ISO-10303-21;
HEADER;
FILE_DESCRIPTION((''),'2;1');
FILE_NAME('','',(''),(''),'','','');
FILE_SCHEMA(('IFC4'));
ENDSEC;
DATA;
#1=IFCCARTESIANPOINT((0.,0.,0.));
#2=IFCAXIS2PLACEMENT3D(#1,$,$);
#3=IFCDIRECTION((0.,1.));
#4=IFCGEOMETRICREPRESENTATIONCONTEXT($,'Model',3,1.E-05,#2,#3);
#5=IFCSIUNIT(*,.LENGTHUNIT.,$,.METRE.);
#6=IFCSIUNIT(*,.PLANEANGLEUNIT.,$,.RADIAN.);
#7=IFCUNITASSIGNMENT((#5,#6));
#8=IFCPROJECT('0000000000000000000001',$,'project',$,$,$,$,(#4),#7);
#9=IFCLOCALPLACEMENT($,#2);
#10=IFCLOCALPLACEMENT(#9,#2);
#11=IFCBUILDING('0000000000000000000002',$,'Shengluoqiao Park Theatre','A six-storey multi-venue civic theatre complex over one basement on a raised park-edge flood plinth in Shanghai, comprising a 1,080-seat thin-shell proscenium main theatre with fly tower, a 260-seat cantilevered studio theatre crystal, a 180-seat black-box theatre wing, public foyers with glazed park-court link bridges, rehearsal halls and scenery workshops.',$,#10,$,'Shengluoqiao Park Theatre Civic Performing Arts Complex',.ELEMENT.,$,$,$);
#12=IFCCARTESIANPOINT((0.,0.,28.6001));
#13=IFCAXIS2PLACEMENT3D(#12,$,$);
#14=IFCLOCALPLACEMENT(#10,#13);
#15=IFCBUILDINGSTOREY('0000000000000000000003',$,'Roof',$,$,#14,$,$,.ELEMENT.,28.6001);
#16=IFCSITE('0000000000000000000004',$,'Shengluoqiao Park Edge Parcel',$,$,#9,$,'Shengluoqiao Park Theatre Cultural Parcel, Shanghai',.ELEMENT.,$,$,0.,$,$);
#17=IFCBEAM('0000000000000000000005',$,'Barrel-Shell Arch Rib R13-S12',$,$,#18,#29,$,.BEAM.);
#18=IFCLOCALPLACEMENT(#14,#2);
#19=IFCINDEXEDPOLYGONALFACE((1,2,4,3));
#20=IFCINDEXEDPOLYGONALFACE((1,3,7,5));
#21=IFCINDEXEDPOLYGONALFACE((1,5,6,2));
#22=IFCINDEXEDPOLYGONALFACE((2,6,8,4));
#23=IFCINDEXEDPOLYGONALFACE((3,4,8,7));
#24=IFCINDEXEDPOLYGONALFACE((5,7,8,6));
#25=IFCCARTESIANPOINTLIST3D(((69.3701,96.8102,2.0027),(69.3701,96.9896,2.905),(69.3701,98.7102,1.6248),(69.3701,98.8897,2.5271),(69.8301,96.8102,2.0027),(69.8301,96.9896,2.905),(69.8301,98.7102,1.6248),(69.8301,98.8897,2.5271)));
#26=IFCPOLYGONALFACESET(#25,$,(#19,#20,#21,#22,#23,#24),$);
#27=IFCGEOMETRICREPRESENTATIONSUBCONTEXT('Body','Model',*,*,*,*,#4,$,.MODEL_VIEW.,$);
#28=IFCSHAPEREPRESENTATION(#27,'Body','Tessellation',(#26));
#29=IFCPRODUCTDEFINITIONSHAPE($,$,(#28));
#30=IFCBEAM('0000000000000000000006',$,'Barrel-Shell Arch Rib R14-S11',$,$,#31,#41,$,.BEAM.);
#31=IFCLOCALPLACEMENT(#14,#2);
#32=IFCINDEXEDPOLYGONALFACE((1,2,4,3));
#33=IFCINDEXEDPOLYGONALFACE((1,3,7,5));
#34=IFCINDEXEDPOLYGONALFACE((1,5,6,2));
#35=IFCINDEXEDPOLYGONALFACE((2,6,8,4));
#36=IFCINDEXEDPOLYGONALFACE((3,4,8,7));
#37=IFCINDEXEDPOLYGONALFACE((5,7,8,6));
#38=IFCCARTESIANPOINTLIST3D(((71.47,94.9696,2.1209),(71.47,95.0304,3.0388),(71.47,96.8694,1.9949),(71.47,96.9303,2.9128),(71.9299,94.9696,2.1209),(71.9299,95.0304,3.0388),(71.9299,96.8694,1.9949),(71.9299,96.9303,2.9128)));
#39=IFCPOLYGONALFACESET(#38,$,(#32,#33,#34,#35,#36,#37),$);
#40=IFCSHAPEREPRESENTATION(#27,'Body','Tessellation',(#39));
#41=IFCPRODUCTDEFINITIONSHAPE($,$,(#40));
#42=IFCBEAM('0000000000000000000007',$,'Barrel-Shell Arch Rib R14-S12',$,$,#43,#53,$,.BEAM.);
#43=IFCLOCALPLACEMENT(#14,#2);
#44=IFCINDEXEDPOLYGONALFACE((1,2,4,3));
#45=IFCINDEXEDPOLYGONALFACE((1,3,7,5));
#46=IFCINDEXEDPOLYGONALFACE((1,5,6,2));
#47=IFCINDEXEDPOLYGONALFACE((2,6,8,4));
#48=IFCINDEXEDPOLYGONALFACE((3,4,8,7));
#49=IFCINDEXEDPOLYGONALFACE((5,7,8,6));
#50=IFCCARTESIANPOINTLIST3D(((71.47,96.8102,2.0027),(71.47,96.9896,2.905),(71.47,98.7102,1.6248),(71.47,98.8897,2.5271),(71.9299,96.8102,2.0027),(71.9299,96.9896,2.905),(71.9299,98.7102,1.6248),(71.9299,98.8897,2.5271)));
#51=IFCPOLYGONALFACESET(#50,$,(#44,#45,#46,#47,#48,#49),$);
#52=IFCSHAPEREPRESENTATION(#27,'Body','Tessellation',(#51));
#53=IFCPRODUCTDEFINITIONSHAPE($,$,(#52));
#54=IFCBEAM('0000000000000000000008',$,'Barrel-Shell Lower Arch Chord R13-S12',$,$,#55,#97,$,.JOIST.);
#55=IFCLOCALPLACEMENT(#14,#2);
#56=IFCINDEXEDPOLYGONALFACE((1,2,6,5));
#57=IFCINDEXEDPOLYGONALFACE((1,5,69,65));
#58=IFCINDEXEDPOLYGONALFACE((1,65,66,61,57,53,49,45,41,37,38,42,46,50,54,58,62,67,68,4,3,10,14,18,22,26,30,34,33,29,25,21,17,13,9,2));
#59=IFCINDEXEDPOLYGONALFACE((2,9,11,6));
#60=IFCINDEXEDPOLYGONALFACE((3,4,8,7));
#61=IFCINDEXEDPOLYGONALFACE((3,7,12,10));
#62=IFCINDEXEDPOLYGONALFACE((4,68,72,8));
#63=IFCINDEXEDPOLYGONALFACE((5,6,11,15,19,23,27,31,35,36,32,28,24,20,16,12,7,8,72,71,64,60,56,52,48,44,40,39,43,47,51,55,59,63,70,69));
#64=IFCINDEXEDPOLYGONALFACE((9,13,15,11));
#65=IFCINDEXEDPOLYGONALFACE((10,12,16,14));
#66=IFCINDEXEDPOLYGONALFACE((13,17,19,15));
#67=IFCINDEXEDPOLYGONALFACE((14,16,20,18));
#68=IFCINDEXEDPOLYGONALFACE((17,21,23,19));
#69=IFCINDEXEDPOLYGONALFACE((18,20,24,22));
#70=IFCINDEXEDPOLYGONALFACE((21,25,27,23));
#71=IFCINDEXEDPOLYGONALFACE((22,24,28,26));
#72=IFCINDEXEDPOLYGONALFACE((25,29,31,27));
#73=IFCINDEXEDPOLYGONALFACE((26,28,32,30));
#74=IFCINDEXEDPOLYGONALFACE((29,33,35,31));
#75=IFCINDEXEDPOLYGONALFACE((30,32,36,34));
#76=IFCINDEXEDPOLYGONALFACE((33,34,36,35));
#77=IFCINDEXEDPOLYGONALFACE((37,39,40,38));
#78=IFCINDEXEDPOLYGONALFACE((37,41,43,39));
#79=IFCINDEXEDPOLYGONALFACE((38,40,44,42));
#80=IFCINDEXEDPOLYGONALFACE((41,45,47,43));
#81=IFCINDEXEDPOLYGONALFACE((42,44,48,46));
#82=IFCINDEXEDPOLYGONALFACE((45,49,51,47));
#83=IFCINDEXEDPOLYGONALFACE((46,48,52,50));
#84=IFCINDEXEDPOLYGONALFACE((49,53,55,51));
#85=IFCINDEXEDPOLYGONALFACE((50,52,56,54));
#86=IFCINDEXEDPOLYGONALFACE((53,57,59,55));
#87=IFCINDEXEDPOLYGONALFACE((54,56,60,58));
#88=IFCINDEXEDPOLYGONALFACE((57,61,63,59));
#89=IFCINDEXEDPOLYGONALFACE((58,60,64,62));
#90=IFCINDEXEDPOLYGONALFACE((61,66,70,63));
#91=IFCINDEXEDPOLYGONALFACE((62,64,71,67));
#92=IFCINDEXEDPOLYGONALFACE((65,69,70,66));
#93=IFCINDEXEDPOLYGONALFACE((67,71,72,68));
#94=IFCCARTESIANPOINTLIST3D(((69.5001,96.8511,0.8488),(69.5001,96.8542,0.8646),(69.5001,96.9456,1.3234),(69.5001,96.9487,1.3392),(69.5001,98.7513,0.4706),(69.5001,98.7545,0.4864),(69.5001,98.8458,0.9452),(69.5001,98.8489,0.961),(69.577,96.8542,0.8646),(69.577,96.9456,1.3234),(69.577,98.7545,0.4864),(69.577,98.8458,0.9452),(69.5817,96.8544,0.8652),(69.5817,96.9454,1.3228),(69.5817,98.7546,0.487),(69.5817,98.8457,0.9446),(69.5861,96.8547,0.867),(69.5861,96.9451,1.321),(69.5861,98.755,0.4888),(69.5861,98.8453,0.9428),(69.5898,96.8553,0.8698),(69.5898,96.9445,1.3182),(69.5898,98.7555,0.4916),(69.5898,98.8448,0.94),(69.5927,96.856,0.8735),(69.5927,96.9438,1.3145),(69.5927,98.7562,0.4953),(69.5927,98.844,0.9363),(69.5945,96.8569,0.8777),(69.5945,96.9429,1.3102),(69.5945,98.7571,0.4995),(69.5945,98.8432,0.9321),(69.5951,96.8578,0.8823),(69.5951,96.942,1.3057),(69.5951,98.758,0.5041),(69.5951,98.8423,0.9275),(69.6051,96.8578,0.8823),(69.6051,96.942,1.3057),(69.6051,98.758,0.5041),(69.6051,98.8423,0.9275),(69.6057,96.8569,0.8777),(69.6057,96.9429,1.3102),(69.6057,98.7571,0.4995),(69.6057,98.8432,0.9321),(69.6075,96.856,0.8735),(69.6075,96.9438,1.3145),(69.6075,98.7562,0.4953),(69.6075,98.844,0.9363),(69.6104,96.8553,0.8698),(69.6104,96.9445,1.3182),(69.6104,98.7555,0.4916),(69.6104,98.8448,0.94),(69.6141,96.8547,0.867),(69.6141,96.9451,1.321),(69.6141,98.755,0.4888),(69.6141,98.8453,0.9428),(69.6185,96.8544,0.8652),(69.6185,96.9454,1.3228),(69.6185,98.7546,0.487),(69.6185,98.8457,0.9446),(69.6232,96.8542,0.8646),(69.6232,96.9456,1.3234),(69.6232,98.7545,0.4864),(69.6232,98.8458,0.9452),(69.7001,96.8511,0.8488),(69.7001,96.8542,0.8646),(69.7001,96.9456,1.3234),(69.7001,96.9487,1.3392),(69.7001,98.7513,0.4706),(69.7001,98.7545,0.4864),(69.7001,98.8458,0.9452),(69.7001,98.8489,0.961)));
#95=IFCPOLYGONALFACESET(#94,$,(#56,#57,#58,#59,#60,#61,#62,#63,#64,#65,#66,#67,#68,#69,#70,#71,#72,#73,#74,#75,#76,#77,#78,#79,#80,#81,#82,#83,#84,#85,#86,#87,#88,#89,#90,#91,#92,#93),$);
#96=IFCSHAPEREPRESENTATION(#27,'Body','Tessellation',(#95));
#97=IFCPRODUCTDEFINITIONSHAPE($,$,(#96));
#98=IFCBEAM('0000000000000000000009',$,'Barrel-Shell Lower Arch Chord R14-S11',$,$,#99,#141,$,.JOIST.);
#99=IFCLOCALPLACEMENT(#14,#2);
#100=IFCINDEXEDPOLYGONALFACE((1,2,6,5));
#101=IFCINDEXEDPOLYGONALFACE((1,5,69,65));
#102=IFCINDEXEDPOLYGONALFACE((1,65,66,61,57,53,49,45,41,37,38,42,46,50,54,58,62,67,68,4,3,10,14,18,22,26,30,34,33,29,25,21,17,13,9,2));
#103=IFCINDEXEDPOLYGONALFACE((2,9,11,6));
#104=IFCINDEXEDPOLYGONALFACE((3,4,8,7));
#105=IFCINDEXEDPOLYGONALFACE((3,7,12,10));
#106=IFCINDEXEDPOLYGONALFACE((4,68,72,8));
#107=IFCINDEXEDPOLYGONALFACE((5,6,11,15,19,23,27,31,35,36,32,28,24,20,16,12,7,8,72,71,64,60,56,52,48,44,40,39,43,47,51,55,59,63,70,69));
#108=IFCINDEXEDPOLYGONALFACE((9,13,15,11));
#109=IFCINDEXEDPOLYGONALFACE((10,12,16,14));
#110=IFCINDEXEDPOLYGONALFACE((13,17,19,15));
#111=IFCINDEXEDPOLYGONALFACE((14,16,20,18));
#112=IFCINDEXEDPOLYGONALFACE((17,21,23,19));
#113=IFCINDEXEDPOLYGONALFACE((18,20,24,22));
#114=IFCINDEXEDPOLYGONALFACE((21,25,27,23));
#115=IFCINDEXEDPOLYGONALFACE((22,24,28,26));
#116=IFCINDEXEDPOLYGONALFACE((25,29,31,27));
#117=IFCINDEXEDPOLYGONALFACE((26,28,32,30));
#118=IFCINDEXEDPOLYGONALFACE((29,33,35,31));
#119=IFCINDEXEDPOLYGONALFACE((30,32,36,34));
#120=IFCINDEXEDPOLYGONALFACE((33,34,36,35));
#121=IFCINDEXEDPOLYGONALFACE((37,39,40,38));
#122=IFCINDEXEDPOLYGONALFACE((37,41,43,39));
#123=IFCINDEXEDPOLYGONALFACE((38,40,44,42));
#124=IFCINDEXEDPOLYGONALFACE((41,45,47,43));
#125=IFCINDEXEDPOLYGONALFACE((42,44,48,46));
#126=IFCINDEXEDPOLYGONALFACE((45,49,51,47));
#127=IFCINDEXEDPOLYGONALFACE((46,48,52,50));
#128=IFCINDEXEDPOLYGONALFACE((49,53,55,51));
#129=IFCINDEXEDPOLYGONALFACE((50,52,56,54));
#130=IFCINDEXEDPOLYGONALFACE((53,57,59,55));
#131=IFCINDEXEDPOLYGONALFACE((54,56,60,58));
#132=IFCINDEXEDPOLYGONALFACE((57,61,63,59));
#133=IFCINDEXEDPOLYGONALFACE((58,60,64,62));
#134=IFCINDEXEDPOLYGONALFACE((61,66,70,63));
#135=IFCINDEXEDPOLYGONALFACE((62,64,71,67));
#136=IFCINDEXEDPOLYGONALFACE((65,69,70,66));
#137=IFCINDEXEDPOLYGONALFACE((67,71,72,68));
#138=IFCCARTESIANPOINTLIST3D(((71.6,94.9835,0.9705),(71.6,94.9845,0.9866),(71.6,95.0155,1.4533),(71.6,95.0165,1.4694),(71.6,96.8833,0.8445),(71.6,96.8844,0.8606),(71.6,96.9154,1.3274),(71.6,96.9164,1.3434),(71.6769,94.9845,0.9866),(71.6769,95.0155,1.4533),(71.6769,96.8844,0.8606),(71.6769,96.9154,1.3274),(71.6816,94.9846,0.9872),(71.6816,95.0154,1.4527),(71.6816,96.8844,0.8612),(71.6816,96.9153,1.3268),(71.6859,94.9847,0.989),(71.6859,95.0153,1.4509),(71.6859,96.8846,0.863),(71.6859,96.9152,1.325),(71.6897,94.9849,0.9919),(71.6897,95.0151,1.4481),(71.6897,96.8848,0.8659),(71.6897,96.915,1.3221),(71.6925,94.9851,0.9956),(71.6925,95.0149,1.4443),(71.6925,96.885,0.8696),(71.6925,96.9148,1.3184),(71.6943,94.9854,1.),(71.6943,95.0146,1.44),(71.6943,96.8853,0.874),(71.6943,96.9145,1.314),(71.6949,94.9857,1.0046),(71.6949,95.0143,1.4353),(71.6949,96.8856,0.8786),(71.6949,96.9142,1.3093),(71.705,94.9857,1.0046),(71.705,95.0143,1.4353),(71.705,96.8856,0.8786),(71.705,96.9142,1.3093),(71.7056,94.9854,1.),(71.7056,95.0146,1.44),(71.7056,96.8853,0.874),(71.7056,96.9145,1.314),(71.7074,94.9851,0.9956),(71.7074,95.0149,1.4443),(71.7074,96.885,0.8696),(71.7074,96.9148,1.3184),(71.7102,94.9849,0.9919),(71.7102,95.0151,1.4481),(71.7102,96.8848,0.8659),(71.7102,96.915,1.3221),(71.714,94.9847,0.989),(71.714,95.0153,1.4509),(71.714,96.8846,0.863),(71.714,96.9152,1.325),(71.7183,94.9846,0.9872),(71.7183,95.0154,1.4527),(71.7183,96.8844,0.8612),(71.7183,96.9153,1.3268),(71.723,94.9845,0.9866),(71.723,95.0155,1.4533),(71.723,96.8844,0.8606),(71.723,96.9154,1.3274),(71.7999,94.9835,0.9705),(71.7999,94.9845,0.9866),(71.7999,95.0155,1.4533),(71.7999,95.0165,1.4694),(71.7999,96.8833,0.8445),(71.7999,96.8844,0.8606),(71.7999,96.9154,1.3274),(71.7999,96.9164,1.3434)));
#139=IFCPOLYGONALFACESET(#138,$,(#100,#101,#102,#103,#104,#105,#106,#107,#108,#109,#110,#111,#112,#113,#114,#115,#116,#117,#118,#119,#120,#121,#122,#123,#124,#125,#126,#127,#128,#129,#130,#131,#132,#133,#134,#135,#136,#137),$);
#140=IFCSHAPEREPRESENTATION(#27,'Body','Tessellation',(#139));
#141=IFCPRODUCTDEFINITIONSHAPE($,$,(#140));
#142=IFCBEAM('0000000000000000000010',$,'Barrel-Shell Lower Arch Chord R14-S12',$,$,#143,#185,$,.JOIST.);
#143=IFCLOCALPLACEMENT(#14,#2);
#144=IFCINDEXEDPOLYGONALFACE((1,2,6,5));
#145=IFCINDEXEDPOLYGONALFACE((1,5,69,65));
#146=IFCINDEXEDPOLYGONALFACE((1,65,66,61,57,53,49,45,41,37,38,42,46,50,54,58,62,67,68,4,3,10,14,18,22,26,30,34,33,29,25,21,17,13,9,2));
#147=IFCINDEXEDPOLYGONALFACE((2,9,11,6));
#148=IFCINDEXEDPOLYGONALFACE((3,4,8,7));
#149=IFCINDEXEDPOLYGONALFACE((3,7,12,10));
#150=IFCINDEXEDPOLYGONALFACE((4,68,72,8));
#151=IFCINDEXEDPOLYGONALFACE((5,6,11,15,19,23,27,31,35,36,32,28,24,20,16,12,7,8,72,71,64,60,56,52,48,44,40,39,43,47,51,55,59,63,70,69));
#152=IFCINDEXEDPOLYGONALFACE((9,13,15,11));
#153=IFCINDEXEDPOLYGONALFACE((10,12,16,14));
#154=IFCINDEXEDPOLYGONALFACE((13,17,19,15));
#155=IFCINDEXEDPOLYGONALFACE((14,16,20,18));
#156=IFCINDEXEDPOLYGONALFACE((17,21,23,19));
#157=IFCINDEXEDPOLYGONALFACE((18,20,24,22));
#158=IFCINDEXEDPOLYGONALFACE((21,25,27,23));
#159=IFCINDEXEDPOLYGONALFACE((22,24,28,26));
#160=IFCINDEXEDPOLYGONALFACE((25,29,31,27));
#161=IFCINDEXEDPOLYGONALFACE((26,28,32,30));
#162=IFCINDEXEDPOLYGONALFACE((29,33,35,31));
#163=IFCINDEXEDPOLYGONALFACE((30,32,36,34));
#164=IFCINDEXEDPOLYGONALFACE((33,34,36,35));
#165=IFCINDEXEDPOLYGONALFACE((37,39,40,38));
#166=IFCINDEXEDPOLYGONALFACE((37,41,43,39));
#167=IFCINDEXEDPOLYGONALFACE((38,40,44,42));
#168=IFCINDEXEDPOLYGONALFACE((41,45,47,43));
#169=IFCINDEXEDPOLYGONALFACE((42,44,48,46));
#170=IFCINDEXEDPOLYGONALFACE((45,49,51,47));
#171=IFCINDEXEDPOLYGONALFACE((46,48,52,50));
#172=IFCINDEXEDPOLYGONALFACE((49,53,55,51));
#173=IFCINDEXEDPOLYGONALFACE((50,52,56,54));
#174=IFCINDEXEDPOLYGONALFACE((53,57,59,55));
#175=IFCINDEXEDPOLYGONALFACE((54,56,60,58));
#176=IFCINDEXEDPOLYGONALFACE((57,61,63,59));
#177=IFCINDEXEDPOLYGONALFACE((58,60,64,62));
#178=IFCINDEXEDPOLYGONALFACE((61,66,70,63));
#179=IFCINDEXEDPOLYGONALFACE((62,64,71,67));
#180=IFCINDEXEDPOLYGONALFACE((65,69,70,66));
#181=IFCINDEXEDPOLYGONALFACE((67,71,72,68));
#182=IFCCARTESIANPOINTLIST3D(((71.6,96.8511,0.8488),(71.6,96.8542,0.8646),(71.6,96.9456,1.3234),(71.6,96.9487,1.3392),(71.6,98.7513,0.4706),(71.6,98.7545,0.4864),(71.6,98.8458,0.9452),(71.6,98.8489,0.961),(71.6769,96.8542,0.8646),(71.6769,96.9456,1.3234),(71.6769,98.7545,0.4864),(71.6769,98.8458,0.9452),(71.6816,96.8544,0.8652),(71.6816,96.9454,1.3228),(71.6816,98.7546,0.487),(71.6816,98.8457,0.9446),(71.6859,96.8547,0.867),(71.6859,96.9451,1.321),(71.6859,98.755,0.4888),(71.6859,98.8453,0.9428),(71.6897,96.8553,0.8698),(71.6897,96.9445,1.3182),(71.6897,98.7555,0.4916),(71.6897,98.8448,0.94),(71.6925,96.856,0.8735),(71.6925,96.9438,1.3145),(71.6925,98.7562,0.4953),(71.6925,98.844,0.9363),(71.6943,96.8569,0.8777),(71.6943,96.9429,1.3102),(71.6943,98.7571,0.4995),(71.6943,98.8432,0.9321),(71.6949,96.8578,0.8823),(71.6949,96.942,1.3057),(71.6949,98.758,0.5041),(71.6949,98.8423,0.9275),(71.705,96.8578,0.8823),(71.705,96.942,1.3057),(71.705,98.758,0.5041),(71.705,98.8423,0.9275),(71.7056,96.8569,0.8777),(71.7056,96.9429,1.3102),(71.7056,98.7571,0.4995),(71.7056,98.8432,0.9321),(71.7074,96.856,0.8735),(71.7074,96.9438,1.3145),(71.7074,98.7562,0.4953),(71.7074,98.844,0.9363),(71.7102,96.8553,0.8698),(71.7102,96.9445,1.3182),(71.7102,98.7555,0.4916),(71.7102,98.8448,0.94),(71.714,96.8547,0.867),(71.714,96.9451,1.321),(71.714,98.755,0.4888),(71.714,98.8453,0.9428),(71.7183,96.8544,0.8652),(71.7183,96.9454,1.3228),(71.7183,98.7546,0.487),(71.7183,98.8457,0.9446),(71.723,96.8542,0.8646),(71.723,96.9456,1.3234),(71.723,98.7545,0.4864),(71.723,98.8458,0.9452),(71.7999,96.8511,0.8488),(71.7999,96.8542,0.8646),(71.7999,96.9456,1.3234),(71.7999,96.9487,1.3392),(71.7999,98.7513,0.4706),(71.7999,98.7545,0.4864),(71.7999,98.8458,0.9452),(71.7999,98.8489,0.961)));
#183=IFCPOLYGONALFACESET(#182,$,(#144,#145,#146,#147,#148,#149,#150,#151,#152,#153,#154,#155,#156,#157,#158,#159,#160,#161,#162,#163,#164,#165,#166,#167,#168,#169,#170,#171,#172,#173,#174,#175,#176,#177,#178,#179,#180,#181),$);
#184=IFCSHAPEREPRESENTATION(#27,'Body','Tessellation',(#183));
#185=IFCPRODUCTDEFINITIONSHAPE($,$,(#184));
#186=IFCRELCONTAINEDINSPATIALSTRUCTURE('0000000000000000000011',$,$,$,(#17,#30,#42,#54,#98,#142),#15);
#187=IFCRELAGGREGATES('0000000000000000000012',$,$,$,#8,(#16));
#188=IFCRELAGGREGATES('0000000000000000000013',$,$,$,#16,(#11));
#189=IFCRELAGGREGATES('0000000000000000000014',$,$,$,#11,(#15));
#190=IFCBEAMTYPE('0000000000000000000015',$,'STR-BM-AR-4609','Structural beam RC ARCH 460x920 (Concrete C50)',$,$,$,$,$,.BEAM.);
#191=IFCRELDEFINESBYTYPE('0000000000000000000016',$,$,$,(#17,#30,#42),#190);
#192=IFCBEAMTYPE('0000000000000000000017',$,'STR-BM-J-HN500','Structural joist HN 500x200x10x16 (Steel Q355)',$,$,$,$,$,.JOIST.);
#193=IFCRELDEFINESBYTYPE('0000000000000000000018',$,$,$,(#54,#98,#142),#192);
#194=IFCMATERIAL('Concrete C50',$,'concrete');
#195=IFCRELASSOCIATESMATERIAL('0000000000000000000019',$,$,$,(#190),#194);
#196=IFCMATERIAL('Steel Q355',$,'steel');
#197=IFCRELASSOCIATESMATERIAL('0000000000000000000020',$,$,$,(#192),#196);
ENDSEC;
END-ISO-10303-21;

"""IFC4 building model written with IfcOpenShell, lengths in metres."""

from ifc_helpers import new_model, si_unit, direction, frame, origin, origin_2d, place, context, subcontext, project, spatial, rectangle, i_section, extrude, material, material_profile, profile_set, type_object, element, save


model = new_model("IFC4")

# Units and contexts
model_context = context("Model", 3, precision=1e-05, world=origin(), true_north=direction((0.0, 1.0)))
body_context = subcontext(model_context, "Body", "Model", "MODEL_VIEW")
ifc_project = project(units=[si_unit("LENGTHUNIT", "METRE"), si_unit("PLANEANGLEUNIT", "RADIAN")], contexts=[model_context])

# Site, building, storey
site_placement = place(None, origin())
site = spatial("IfcSite", under=ifc_project, at=site_placement, Name="Shengluoqiao Park Edge Parcel", LongName="Shengluoqiao Park Theatre Cultural Parcel, Shanghai", CompositionType="ELEMENT", RefElevation=0.0)
building_placement = place(site_placement, origin())
building = spatial("IfcBuilding", under=site, at=building_placement, Name="Shengluoqiao Park Theatre", Description="A six-storey multi-venue civic theatre complex over one basement on a raised park-edge flood plinth in Shanghai, comprising a 1,080-seat thin-shell proscenium main theatre with fly tower, a 260-seat cantilevered studio theatre crystal, a 180-seat black-box theatre wing, public foyers with glazed park-court link bridges, rehearsal halls and scenery workshops.", LongName="Shengluoqiao Park Theatre Civic Performing Arts Complex", CompositionType="ELEMENT")
storey_placement = place(building_placement, frame((0.0, 0.0, 28.6001)))
storey = spatial("IfcBuildingStorey", under=building, at=storey_placement, Name="Roof", CompositionType="ELEMENT", Elevation=28.6001)

# Beams
ifc_material_1 = material(Name="Concrete C50", Category="concrete")
ifc_material_profile_1 = material_profile(ifc_material_1, rectangle(XDim=0.46, YDim=0.9199, at=origin_2d()), Name="RC ARCH 460x920")
ifc_profile_set_1 = profile_set([ifc_material_profile_1], Name="Concrete C50")
beam_type_1 = type_object("IfcBeamType", Name="STR-BM-AR-4609", Description="Structural beam RC ARCH 460x920 (Concrete C50)", PredefinedType="BEAM", material=ifc_profile_set_1)
beam_1_placement = place(storey_placement, frame((69.6001, 96.8999, 2.4539), z_axis=(0.0, 0.980789, -0.195074), x_axis=(-1.0, 0.0, 0.0)))
element("IfcBeam", 1, at=beam_1_placement, inside=storey, type_object=beam_type_1, Name="Barrel-Shell Arch Rib R13-S12", PredefinedType="BEAM", context=body_context, shape_type="SweptSolid", body=[
    extrude(rectangle(XDim=0.46, YDim=0.9199, at=origin_2d()), origin(), (0.0, 0.0, 1.0), 1.9373),
])
beam_2_placement = place(storey_placement, frame((71.7, 95.0, 2.5798), z_axis=(0.0, 0.997809, -0.066162), x_axis=(-1.0, 0.0, 0.0)))
element("IfcBeam", 2, at=beam_2_placement, inside=storey, type_object=beam_type_1, Name="Barrel-Shell Arch Rib R14-S11", PredefinedType="BEAM", context=body_context, shape_type="SweptSolid", body=[
    extrude(rectangle(XDim=0.46, YDim=0.9199, at=origin_2d()), origin(), (0.0, 0.0, 1.0), 1.9041),
])
beam_3_placement = place(storey_placement, frame((71.7, 96.8999, 2.4539), z_axis=(0.0, 0.980789, -0.195074), x_axis=(-1.0, 0.0, 0.0)))
element("IfcBeam", 3, at=beam_3_placement, inside=storey, type_object=beam_type_1, Name="Barrel-Shell Arch Rib R14-S12", PredefinedType="BEAM", context=body_context, shape_type="SweptSolid", body=[
    extrude(rectangle(XDim=0.46, YDim=0.9199, at=origin_2d()), origin(), (0.0, 0.0, 1.0), 1.9373),
])
ifc_material_2 = material(Name="Steel Q355", Category="steel")
ifc_material_profile_2 = material_profile(ifc_material_2, i_section(OverallWidth=0.2, OverallDepth=0.5, WebThickness=0.01, FlangeThickness=0.0161, FilletRadius=0.0181, at=origin_2d()), Name="HN 500x200x10x16")
ifc_profile_set_2 = profile_set([ifc_material_profile_2], Name="Steel Q355")
beam_type_2 = type_object("IfcBeamType", Name="STR-BM-J-HN500", Description="Structural joist HN 500x200x10x16 (Steel Q355)", PredefinedType="JOIST", material=ifc_profile_set_2)
beam_4_placement = place(storey_placement, frame((69.6001, 96.8999, 1.094), z_axis=(0.0, 0.980764, -0.195195), x_axis=(-1.0, 0.0, 0.0)))
element("IfcBeam", 4, at=beam_4_placement, inside=storey, type_object=beam_type_2, Name="Barrel-Shell Lower Arch Chord R13-S12", PredefinedType="JOIST", context=body_context, shape_type="SweptSolid", body=[
    extrude(i_section(OverallWidth=0.2, OverallDepth=0.5, WebThickness=0.01, FlangeThickness=0.0161, FilletRadius=0.0181, at=origin_2d()), origin(), (0.0, 0.0, 1.0), 1.9375),
])
beam_5_placement = place(storey_placement, frame((71.7, 95.0, 1.22), z_axis=(0.0, 0.997809, -0.066162), x_axis=(-1.0, 0.0, 0.0)))
element("IfcBeam", 5, at=beam_5_placement, inside=storey, type_object=beam_type_2, Name="Barrel-Shell Lower Arch Chord R14-S11", PredefinedType="JOIST", context=body_context, shape_type="SweptSolid", body=[
    extrude(i_section(OverallWidth=0.2, OverallDepth=0.5, WebThickness=0.01, FlangeThickness=0.0161, FilletRadius=0.0181, at=origin_2d()), origin(), (0.0, 0.0, 1.0), 1.9041),
])
beam_6_placement = place(storey_placement, frame((71.7, 96.8999, 1.094), z_axis=(0.0, 0.980764, -0.195195), x_axis=(-1.0, 0.0, 0.0)))
element("IfcBeam", 6, at=beam_6_placement, inside=storey, type_object=beam_type_2, Name="Barrel-Shell Lower Arch Chord R14-S12", PredefinedType="JOIST", context=body_context, shape_type="SweptSolid", body=[
    extrude(i_section(OverallWidth=0.2, OverallDepth=0.5, WebThickness=0.01, FlangeThickness=0.0161, FilletRadius=0.0181, at=origin_2d()), origin(), (0.0, 0.0, 1.0), 1.9375),
])

save(model, "model.ifc")
